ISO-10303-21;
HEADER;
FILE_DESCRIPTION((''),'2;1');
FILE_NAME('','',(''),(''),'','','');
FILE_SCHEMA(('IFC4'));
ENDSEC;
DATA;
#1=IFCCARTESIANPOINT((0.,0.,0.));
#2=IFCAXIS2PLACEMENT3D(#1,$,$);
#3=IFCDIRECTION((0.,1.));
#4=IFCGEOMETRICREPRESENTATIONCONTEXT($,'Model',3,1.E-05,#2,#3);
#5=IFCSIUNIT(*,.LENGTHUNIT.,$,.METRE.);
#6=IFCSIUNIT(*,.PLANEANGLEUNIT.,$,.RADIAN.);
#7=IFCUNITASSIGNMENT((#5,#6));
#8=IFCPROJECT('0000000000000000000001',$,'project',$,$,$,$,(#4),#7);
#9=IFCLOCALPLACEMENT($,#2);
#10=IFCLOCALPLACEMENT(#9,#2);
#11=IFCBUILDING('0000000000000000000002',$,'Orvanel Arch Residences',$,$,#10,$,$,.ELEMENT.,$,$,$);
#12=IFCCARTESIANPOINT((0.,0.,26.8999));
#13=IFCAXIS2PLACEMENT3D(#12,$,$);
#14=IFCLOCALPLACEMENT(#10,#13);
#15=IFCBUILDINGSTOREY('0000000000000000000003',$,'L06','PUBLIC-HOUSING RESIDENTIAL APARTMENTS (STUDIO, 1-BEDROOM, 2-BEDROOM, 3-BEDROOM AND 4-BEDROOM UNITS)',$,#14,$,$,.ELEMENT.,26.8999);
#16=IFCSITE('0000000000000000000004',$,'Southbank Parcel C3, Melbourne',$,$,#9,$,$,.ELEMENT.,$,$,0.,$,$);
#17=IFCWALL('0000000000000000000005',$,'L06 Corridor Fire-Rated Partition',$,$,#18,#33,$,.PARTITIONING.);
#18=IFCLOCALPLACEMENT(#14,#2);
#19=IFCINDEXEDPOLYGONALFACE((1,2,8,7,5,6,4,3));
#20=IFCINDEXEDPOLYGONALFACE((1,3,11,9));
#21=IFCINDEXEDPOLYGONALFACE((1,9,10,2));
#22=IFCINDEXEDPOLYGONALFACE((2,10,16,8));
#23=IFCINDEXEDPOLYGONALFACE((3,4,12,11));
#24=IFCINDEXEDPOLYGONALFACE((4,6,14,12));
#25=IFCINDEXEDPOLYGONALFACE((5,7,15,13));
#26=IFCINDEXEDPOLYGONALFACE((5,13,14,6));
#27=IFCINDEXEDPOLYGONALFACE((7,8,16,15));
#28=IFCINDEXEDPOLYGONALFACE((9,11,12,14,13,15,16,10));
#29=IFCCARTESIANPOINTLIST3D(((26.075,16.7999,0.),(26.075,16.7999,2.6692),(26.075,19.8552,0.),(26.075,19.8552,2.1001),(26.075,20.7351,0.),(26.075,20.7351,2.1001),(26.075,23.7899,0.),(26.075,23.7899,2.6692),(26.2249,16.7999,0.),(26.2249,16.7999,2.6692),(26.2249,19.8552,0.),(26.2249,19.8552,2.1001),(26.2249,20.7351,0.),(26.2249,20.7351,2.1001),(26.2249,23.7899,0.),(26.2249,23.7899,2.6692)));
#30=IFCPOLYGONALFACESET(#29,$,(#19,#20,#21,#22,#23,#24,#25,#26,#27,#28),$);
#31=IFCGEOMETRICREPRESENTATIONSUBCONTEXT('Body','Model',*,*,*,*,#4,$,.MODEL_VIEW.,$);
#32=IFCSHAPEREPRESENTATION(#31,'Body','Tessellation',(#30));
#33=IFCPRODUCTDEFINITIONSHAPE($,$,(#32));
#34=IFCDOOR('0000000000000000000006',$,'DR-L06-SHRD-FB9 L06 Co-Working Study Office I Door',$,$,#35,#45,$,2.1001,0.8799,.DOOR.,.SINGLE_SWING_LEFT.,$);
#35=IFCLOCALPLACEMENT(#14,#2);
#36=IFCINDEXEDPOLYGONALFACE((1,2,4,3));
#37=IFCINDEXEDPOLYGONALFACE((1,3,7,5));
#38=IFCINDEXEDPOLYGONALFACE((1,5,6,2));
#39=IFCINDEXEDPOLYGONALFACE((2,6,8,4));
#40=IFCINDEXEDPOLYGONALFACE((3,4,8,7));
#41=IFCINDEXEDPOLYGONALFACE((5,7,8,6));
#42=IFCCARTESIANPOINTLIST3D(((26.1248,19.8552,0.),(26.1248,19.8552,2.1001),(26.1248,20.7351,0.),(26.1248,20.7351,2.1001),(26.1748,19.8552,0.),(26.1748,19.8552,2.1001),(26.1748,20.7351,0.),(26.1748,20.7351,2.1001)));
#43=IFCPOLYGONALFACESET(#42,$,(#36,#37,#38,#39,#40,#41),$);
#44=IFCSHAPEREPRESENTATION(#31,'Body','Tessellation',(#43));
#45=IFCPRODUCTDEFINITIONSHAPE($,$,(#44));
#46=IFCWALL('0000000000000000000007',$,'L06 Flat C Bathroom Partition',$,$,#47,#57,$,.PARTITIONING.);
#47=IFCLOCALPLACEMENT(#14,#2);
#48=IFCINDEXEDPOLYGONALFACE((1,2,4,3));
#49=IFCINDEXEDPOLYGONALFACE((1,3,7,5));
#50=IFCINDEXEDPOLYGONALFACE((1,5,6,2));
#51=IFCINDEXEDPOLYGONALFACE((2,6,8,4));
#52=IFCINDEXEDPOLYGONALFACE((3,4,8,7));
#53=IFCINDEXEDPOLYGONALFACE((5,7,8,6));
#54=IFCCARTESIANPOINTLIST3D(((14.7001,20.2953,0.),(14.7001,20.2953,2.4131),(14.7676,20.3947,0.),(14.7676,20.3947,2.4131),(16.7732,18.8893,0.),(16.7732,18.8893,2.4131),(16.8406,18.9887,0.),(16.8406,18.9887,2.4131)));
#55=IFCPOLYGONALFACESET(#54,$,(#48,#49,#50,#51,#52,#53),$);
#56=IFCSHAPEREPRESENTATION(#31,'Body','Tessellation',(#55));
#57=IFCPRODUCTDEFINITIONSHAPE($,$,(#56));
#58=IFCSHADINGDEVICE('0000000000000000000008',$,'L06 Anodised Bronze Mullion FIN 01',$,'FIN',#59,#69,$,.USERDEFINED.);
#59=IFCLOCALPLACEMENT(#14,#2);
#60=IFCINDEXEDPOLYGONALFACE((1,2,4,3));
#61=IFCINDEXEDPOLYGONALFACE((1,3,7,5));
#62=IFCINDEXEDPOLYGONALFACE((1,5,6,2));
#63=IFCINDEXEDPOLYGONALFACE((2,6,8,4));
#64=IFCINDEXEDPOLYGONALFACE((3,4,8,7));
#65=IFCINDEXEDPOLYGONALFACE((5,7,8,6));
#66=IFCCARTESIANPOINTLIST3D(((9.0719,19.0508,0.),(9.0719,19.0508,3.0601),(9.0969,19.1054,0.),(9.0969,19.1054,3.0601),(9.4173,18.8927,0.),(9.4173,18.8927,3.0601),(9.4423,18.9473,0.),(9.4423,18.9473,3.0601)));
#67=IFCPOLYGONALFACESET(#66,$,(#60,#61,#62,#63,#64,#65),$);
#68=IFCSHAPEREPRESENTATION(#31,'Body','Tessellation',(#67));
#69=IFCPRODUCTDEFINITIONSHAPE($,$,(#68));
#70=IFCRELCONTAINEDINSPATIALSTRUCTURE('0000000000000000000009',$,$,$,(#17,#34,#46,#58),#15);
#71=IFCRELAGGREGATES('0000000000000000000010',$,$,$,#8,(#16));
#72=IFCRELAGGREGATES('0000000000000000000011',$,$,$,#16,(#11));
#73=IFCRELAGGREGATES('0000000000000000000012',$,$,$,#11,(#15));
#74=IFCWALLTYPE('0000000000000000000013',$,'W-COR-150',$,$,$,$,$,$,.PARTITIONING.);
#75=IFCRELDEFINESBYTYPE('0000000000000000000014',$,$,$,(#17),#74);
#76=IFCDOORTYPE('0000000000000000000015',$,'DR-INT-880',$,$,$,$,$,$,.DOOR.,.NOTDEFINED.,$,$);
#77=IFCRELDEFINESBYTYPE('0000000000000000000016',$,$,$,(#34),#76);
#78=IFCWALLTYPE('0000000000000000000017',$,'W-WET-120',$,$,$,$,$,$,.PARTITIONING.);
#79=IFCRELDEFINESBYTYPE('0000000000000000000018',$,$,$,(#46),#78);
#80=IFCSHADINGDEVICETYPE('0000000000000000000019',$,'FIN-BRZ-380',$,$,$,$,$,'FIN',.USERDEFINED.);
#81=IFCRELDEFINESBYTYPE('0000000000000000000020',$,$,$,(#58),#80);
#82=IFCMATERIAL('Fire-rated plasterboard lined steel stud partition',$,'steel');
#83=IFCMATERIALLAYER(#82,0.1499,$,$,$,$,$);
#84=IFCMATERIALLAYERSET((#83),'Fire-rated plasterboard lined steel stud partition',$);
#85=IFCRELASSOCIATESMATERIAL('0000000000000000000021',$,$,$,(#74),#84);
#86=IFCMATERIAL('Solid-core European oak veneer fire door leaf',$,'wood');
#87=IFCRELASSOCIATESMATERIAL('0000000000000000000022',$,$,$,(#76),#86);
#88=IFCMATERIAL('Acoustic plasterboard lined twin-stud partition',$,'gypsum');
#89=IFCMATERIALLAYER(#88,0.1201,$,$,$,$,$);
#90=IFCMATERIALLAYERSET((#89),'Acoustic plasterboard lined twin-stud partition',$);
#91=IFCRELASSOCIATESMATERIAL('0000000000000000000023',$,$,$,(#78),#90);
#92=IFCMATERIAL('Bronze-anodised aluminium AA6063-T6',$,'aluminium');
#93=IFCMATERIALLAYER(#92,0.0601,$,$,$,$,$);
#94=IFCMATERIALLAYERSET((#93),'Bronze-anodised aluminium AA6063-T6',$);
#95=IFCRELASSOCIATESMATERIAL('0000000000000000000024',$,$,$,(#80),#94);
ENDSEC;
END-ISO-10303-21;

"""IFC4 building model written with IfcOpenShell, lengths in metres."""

from ifc_helpers import new_model, si_unit, direction, frame, frame_2d, origin, origin_2d, place, context, subcontext, project, spatial, rectangle, extrude, material, layer, layer_set, type_object, element, fill, save


model = new_model("IFC4")

# Units and contexts
model_context = context("Model", 3, precision=1e-05, world=origin(), true_north=direction((0.0, 1.0)))
body_context = subcontext(model_context, "Body", "Model", "MODEL_VIEW")
ifc_project = project(units=[si_unit("LENGTHUNIT", "METRE"), si_unit("PLANEANGLEUNIT", "RADIAN")], contexts=[model_context])

# Site, building, storey
site_placement = place(None, origin())
site = spatial("IfcSite", under=ifc_project, at=site_placement, Name="Southbank Parcel C3, Melbourne", CompositionType="ELEMENT", RefElevation=0.0)
building_placement = place(site_placement, origin())
building = spatial("IfcBuilding", under=site, at=building_placement, Name="Orvanel Arch Residences", CompositionType="ELEMENT")
storey_placement = place(building_placement, frame((0.0, 0.0, 26.8999)))
storey = spatial("IfcBuildingStorey", under=building, at=storey_placement, Name="L06", Description="PUBLIC-HOUSING RESIDENTIAL APARTMENTS (STUDIO, 1-BEDROOM, 2-BEDROOM, 3-BEDROOM AND 4-BEDROOM UNITS)", CompositionType="ELEMENT", Elevation=26.8999)

# Shared definitions
ifc_material_1 = material(Name="Bronze-anodised aluminium AA6063-T6", Category="aluminium")

# Wall, opening, door
ifc_material_2 = material(Name="Fire-rated plasterboard lined steel stud partition", Category="steel")
ifc_layer_1 = layer(ifc_material_2, 0.1499)
ifc_layer_set_1 = layer_set([ifc_layer_1], Name="Fire-rated plasterboard lined steel stud partition")
wall_type_1 = type_object("IfcWallType", Name="W-COR-150", PredefinedType="PARTITIONING", material=ifc_layer_set_1)
wall_1_placement = place(storey_placement, frame((26.1499, 23.79, 0.0), z_axis=(0.0, 0.0, 1.0), x_axis=(0.0, -1.0, 0.0)))
wall_1 = element("IfcWall", 1, at=wall_1_placement, inside=storey, type_object=wall_type_1, Name="L06 Corridor Fire-Rated Partition", PredefinedType="PARTITIONING", context=body_context, shape_type="SweptSolid", body=[
    extrude(rectangle(XDim=6.99, YDim=0.1499, at=frame_2d((3.4951, 0.0))), origin(), (0.0, 0.0, 1.0), 2.6692),
])
opening_1_placement = place(wall_1_placement, frame((3.0549, 0.0, 0.0)))
opening_1 = element("IfcOpeningElement", 2, at=opening_1_placement, cuts=wall_1, PredefinedType="OPENING", context=body_context, shape_type="SweptSolid", body=[
    extrude(rectangle(XDim=0.8799, YDim=2.1001, at=frame_2d((0.4399, 1.05))), frame((0.0, 0.085, 0.0), z_axis=(0.0, -1.0, 0.0), x_axis=(1.0, 0.0, 0.0)), (0.0, 0.0, 1.0), 0.1699),
])
ifc_material_3 = material(Name="Solid-core European oak veneer fire door leaf", Category="wood")
door_type_1 = type_object("IfcDoorType", Name="DR-INT-880", OperationType="NOTDEFINED", PredefinedType="DOOR", material=ifc_material_3)
door_1_placement = place(opening_1_placement, origin())
door_1 = element("IfcDoor", 3, at=door_1_placement, inside=storey, type_object=door_type_1, Name="DR-L06-SHRD-FB9 L06 Co-Working Study Office I Door", OperationType="SINGLE_SWING_LEFT", OverallHeight=2.1001, OverallWidth=0.8799, PredefinedType="DOOR", context=body_context, shape_type="SweptSolid", body=[
    extrude(rectangle(XDim=0.8799, YDim=2.1001, at=frame_2d((0.4399, 1.05))), frame((0.0, 0.0249, 0.0), z_axis=(0.0, -1.0, 0.0), x_axis=(1.0, 0.0, 0.0)), (0.0, 0.0, 1.0), 0.05),
])
fill(opening_1, door_1)

# Wall
ifc_material_4 = material(Name="Acoustic plasterboard lined twin-stud partition", Category="gypsum")
ifc_layer_2 = layer(ifc_material_4, 0.1201)
ifc_layer_set_2 = layer_set([ifc_layer_2], Name="Acoustic plasterboard lined twin-stud partition")
wall_type_2 = type_object("IfcWallType", Name="W-WET-120", PredefinedType="PARTITIONING", material=ifc_layer_set_2)
wall_2_placement = place(storey_placement, frame((16.8069, 18.939, 0.0), z_axis=(0.0, 0.0, 1.0), x_axis=(-0.8276, 0.561318, 0.0)))
element("IfcWall", 4, at=wall_2_placement, inside=storey, type_object=wall_type_2, Name="L06 Flat C Bathroom Partition", PredefinedType="PARTITIONING", context=body_context, shape_type="SweptSolid", body=[
    extrude(rectangle(XDim=2.5049, YDim=0.1201, at=frame_2d((1.2524, 0.0))), origin(), (0.0, 0.0, 1.0), 2.4131),
])

# Shading device
ifc_layer_3 = layer(ifc_material_1, 0.0601)
ifc_layer_set_3 = layer_set([ifc_layer_3], Name="Bronze-anodised aluminium AA6063-T6")
shading_device_type = type_object("IfcShadingDeviceType", Name="FIN-BRZ-380", ElementType="FIN", PredefinedType="USERDEFINED", material=ifc_layer_set_3)
shading_device_placement = place(storey_placement, frame((9.2571, 18.999, 0.0), z_axis=(0.0, 0.0, 1.0), x_axis=(-0.909236, 0.416281, 0.0)))
element("IfcShadingDevice", 5, at=shading_device_placement, inside=storey, type_object=shading_device_type, Name="L06 Anodised Bronze Mullion FIN 01", ObjectType="FIN", PredefinedType="USERDEFINED", context=body_context, shape_type="SweptSolid", body=[
    extrude(rectangle(XDim=0.3799, YDim=0.0601, at=origin_2d()), origin(), (0.0, 0.0, 1.0), 3.0601),
])

save(model, "model.ifc")
